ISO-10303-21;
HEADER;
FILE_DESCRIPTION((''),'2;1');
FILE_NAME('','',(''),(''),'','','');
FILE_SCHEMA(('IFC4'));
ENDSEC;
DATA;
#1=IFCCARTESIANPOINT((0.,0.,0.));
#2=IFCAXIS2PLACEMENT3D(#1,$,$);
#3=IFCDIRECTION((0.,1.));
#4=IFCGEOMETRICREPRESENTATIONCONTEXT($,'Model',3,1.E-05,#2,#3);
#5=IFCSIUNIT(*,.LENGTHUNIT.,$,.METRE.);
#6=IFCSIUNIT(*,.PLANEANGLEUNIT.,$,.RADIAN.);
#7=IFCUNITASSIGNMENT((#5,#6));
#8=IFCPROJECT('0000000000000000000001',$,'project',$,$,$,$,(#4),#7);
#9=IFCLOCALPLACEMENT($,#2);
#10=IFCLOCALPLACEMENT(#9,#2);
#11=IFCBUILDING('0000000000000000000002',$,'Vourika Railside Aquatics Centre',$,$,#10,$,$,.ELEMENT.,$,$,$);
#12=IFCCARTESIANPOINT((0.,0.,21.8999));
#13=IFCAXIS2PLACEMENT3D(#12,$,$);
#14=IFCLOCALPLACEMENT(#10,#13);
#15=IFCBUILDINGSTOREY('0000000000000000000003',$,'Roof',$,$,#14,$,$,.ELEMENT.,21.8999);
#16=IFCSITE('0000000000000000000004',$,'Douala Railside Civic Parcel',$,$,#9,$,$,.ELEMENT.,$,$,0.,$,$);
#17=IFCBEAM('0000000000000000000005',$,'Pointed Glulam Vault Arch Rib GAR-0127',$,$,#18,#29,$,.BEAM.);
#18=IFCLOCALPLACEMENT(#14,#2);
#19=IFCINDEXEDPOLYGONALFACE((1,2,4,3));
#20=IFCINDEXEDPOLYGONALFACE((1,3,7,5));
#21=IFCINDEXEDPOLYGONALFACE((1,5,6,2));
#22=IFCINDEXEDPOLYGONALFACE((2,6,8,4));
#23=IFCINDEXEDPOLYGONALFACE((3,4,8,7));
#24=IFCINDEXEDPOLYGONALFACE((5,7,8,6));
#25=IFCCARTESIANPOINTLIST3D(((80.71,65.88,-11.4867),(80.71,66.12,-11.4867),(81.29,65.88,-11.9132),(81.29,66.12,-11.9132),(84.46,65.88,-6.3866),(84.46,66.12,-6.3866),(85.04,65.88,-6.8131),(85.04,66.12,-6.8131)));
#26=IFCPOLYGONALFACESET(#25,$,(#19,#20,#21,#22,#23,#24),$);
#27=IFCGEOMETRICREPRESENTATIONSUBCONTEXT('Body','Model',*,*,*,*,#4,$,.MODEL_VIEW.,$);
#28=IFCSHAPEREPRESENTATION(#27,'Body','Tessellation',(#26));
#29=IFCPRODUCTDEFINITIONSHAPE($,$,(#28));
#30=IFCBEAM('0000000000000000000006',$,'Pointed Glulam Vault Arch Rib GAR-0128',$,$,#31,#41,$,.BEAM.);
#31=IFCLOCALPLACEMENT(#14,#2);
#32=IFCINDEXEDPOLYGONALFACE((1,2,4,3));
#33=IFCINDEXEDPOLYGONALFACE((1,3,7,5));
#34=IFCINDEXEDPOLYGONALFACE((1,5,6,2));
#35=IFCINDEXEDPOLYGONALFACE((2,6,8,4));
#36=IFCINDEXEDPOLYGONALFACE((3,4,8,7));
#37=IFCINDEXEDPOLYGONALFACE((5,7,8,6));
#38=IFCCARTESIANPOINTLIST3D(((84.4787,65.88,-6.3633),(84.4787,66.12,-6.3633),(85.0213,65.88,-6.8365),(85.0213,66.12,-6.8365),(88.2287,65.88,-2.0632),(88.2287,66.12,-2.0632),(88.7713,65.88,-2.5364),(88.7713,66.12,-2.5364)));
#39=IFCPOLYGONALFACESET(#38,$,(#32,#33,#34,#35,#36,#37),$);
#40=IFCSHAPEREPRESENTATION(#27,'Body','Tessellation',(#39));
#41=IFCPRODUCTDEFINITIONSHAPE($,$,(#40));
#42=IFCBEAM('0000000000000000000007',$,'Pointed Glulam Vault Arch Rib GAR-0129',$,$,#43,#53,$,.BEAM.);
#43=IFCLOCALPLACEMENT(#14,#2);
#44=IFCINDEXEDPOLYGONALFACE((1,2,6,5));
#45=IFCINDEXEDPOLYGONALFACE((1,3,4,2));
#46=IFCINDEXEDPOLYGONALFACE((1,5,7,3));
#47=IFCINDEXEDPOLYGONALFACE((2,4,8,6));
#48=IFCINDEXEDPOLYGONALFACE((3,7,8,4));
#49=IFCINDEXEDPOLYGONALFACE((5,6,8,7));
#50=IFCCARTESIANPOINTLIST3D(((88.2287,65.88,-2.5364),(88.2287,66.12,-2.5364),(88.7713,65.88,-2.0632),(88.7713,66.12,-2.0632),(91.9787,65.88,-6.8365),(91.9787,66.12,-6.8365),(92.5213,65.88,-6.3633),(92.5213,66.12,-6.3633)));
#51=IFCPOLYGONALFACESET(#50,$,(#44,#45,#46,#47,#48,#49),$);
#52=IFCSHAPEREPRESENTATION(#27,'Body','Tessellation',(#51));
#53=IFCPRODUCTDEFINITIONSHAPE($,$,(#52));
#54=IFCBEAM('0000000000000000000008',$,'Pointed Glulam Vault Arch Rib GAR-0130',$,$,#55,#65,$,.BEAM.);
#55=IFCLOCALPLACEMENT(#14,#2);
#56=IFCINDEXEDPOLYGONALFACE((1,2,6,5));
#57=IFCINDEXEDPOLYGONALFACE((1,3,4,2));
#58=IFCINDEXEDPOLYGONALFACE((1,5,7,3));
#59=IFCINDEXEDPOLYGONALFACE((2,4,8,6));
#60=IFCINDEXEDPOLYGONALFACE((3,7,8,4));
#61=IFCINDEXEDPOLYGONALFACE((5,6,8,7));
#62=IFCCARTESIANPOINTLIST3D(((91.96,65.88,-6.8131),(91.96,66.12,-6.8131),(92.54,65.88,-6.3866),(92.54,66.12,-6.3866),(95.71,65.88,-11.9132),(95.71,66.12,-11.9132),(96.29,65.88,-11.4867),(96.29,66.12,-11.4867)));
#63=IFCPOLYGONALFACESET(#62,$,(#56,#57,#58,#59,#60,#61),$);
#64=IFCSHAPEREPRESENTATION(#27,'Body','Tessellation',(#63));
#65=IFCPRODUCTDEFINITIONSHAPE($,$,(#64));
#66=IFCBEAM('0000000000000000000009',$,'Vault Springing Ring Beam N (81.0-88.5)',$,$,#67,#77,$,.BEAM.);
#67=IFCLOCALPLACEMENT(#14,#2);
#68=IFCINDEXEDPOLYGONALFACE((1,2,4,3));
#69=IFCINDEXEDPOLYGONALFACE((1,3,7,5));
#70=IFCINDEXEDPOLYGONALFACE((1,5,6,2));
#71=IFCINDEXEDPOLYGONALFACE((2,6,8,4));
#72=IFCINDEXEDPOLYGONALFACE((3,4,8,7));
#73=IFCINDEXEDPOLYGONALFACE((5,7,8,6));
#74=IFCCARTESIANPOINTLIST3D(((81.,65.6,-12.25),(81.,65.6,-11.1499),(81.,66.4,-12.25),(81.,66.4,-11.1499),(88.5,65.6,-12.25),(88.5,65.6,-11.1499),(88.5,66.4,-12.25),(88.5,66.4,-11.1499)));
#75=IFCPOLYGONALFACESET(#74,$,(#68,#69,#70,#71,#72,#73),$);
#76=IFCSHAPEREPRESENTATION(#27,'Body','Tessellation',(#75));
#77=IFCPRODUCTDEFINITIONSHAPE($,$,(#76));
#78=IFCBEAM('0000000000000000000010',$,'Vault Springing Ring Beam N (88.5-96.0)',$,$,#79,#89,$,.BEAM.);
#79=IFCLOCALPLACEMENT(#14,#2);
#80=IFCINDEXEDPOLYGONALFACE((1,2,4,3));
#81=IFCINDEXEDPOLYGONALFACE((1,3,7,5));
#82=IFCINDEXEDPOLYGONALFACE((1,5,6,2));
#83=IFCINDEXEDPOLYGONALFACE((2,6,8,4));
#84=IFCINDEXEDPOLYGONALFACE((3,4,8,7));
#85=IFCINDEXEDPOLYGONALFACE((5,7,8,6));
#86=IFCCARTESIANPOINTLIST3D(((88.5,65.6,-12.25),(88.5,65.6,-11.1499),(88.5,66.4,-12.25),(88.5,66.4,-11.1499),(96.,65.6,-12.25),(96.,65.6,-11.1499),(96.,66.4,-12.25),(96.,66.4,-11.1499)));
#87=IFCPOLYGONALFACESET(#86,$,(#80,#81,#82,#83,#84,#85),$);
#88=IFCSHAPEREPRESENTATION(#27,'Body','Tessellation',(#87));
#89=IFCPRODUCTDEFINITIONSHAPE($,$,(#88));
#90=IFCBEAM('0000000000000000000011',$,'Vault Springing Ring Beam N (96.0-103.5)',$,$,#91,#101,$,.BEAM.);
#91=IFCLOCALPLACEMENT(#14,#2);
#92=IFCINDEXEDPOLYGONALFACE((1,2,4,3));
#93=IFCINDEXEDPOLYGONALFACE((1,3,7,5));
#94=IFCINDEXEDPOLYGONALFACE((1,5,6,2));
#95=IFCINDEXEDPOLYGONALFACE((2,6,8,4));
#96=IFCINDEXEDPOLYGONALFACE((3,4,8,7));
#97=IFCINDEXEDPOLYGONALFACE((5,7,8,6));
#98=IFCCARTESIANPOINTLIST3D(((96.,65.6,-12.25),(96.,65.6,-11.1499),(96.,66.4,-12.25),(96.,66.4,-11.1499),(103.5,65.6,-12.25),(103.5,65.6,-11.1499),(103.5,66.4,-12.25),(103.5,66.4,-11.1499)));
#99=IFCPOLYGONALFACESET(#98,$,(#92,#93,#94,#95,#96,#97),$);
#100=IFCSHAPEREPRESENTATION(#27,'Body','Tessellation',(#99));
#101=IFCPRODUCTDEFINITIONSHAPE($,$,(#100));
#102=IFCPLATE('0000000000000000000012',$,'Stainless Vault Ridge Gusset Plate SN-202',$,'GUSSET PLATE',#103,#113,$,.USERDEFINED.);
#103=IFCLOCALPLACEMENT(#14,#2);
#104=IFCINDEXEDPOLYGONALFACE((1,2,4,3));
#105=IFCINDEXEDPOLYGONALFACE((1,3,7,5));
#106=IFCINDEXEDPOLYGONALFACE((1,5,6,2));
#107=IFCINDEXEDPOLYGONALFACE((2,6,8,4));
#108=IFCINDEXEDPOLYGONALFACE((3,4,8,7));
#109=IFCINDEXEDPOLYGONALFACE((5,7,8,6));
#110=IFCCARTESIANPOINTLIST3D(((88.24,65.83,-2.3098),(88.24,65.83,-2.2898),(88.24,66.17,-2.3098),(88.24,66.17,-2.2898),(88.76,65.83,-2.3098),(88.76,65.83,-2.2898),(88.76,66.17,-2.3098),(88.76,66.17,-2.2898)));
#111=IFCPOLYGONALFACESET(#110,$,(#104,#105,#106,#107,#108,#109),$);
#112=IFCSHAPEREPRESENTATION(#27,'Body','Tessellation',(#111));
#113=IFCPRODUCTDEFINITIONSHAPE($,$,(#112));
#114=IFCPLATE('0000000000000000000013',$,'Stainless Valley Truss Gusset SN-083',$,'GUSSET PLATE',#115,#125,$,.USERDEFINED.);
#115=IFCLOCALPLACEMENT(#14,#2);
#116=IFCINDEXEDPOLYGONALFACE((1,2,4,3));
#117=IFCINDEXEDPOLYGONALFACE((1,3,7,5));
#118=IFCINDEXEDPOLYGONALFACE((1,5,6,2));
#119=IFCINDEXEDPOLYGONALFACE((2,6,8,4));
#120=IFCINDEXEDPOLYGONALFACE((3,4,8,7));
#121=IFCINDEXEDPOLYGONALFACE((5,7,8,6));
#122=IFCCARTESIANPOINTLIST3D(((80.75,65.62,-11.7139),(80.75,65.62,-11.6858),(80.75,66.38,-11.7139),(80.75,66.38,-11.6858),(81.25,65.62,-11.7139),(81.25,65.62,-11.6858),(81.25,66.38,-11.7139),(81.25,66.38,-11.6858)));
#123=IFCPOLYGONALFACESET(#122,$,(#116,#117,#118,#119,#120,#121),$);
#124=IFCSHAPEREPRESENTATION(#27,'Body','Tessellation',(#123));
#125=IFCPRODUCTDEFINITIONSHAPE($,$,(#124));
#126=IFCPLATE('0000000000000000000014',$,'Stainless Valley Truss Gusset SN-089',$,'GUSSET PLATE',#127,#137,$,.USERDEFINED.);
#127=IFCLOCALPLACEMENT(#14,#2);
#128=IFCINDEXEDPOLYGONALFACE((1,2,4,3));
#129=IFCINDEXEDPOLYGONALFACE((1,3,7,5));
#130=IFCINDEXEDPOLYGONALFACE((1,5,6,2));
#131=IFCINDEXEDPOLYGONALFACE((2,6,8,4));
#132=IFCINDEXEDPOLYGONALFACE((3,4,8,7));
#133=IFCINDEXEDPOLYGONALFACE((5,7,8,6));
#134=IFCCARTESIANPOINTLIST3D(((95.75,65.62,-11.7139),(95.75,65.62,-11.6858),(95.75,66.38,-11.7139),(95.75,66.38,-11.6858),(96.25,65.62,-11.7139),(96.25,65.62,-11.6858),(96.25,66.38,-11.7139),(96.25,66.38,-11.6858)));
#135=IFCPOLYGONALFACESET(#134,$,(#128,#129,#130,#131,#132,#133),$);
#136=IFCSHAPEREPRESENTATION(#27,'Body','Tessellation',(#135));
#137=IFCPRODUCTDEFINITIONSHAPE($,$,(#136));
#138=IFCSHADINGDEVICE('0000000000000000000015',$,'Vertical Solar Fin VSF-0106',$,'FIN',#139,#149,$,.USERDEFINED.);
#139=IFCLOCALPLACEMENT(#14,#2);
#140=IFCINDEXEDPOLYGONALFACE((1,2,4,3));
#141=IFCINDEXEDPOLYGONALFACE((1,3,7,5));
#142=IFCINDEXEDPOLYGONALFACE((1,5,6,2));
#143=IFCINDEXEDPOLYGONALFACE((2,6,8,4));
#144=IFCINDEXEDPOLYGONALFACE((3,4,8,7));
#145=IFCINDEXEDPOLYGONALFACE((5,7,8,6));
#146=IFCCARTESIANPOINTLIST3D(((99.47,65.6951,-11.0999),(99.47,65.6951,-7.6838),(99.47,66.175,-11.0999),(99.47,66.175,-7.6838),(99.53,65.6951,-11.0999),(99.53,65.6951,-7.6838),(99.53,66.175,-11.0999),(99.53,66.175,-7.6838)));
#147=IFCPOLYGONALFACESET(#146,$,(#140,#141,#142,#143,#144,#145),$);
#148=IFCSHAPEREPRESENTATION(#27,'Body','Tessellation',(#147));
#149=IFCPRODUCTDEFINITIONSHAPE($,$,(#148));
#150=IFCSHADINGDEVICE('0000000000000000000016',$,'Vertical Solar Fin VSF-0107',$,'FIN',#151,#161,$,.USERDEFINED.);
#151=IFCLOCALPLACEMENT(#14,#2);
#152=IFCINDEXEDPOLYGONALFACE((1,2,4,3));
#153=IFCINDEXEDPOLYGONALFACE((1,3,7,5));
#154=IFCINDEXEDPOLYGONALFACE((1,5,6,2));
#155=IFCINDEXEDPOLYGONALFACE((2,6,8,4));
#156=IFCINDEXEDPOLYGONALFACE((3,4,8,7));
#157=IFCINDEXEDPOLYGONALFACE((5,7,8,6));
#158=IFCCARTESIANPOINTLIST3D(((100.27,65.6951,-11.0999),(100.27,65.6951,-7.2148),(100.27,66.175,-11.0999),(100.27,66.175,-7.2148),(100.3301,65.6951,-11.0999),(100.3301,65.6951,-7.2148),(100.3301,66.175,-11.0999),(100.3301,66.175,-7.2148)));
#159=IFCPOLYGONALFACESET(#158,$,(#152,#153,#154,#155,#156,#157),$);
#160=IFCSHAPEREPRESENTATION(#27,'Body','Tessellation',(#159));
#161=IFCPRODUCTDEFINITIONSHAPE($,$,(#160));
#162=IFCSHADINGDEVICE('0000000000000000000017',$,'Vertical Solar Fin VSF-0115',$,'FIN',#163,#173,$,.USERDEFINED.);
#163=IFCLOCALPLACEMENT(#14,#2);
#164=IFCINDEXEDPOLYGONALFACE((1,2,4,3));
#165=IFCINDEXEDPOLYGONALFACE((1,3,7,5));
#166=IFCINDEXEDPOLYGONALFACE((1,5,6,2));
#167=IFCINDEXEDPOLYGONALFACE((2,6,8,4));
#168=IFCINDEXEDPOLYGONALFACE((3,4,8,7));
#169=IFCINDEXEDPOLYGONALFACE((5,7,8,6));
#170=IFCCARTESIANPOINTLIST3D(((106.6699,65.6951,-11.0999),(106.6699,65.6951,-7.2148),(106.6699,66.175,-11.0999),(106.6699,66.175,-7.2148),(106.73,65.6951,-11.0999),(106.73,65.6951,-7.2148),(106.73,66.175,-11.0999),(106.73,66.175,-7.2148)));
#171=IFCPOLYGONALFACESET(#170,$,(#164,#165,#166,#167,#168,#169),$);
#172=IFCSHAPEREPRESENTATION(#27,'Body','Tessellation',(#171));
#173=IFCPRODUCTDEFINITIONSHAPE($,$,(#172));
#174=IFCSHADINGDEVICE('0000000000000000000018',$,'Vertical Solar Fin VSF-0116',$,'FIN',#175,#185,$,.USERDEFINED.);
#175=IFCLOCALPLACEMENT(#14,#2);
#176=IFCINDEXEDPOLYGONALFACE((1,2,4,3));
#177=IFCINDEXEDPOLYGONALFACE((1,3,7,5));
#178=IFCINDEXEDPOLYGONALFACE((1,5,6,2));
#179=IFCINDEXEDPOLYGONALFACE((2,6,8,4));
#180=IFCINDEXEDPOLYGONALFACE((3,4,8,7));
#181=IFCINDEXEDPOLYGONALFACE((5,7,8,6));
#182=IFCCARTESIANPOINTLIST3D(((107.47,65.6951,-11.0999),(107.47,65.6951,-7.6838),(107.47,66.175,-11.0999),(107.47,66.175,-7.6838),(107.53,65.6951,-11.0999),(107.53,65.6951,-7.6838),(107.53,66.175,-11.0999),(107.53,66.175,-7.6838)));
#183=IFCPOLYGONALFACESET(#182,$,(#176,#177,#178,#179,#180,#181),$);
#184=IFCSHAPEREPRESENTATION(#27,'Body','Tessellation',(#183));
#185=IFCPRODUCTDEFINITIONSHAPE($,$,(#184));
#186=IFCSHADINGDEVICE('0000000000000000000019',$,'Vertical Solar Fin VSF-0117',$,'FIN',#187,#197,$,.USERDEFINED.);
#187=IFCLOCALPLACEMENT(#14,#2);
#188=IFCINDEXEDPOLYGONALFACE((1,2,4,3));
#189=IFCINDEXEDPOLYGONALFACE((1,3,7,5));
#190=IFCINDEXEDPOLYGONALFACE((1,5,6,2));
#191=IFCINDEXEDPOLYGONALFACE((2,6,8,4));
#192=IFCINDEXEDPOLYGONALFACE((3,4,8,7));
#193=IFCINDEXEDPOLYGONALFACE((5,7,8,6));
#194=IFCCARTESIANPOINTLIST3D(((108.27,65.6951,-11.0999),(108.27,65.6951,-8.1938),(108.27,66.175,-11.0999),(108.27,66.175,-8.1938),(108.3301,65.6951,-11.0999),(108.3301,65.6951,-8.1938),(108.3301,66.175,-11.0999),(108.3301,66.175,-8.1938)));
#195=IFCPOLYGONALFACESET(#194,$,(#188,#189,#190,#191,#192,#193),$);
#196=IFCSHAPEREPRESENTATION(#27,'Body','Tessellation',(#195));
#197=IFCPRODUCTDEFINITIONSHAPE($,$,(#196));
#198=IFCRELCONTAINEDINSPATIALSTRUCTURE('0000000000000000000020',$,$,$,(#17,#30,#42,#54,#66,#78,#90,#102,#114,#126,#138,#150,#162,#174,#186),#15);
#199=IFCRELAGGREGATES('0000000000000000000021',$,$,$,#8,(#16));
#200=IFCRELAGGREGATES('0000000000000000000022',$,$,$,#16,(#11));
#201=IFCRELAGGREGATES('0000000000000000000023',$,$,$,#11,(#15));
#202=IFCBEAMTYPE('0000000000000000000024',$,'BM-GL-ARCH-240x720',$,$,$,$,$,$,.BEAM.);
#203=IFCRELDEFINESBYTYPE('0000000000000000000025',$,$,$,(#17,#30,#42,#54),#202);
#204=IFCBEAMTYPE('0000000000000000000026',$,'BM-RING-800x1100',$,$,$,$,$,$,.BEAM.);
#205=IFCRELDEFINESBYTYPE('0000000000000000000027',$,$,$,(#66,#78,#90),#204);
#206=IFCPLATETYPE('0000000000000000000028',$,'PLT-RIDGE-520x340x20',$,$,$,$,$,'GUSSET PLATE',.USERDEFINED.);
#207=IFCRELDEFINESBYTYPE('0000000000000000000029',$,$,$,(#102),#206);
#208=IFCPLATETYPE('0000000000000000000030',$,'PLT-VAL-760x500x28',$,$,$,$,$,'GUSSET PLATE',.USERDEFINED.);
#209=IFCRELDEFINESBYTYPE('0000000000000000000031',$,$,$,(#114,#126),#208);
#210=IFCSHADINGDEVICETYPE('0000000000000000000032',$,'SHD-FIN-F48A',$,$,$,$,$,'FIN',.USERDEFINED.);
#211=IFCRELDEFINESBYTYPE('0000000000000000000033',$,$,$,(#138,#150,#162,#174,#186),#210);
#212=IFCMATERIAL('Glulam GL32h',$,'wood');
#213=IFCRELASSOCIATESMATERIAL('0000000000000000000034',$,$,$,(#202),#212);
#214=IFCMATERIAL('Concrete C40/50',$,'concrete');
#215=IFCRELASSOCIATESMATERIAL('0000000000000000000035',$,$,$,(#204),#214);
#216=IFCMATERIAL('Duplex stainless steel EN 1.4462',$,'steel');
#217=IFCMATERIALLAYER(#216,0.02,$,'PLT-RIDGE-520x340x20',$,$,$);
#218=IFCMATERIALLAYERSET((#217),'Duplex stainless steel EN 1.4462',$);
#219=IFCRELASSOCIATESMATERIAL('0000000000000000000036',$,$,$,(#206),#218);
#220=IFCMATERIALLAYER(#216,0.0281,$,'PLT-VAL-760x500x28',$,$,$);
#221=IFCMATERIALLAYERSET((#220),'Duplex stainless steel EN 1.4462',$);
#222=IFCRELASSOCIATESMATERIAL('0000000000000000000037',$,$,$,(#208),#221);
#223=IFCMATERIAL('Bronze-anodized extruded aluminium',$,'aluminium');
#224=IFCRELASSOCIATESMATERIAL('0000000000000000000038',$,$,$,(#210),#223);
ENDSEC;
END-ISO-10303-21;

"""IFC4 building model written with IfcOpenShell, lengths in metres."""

from ifc_helpers import new_model, si_unit, direction, frame, origin, origin_2d, place, context, subcontext, project, spatial, rectangle, extrude, material, layer, layer_set, material_profile, profile_set, type_object, element, save


model = new_model("IFC4")

# Units and contexts
model_context = context("Model", 3, precision=1e-05, world=origin(), true_north=direction((0.0, 1.0)))
body_context = subcontext(model_context, "Body", "Model", "MODEL_VIEW")
ifc_project = project(units=[si_unit("LENGTHUNIT", "METRE"), si_unit("PLANEANGLEUNIT", "RADIAN")], contexts=[model_context])

# Site, building, storey
site_placement = place(None, origin())
site = spatial("IfcSite", under=ifc_project, at=site_placement, Name="Douala Railside Civic Parcel", CompositionType="ELEMENT", RefElevation=0.0)
building_placement = place(site_placement, origin())
building = spatial("IfcBuilding", under=site, at=building_placement, Name="Vourika Railside Aquatics Centre", CompositionType="ELEMENT")
storey_placement = place(building_placement, frame((0.0, 0.0, 21.8999)))
storey = spatial("IfcBuildingStorey", under=building, at=storey_placement, Name="Roof", CompositionType="ELEMENT", Elevation=21.8999)

# Beams
ifc_material_1 = material(Name="Glulam GL32h", Category="wood")
ifc_material_profile_1 = material_profile(ifc_material_1, rectangle(XDim=0.24, YDim=0.72, at=origin_2d()), Name="GL32h 240x720")
ifc_profile_set_1 = profile_set([ifc_material_profile_1], Name="Glulam GL32h")
beam_type_1 = type_object("IfcBeamType", Name="BM-GL-ARCH-240x720", PredefinedType="BEAM", material=ifc_profile_set_1)
beam_1_placement = place(storey_placement, frame((81.0, 66.0, -11.7), z_axis=(0.592383, 0.0, 0.805656), x_axis=(0.0, 1.0, 0.0)))
element("IfcBeam", 1, at=beam_1_placement, inside=storey, type_object=beam_type_1, Name="Pointed Glulam Vault Arch Rib GAR-0127", PredefinedType="BEAM", context=body_context, shape_type="SweptSolid", body=[
    extrude(rectangle(XDim=0.24, YDim=0.72, at=origin_2d()), origin(), (0.0, 0.0, 1.0), 6.3303),
])
for number, where, z_axis, x_axis, name in (
    (2, (84.75, 66.0, -6.5999), (0.657259, 0.0, 0.753665), (0.0, 1.0, 0.0), "Pointed Glulam Vault Arch Rib GAR-0128"),
    (3, (88.5, 66.0, -2.2998), (0.657259, 0.0, -0.753665), (0.0, 1.0, 0.0), "Pointed Glulam Vault Arch Rib GAR-0129"),
):
    element("IfcBeam", number, at=place(storey_placement, frame(where, z_axis=z_axis, x_axis=x_axis)), inside=storey, type_object=beam_type_1, Name=name, PredefinedType="BEAM", context=body_context, shape_type="SweptSolid", body=[
        extrude(rectangle(XDim=0.24, YDim=0.72, at=origin_2d()), origin(), (0.0, 0.0, 1.0), 5.7056),
    ])
beam_2_placement = place(storey_placement, frame((92.25, 66.0, -6.5999), z_axis=(0.592383, 0.0, -0.805656), x_axis=(0.0, 1.0, 0.0)))
element("IfcBeam", 4, at=beam_2_placement, inside=storey, type_object=beam_type_1, Name="Pointed Glulam Vault Arch Rib GAR-0130", PredefinedType="BEAM", context=body_context, shape_type="SweptSolid", body=[
    extrude(rectangle(XDim=0.24, YDim=0.72, at=origin_2d()), origin(), (0.0, 0.0, 1.0), 6.3303),
])
ifc_material_2 = material(Name="Concrete C40/50", Category="concrete")
ifc_material_profile_2 = material_profile(ifc_material_2, rectangle(XDim=0.8, YDim=1.1001, at=origin_2d()), Name="RC 800x1100")
ifc_profile_set_2 = profile_set([ifc_material_profile_2], Name="Concrete C40/50")
beam_type_2 = type_object("IfcBeamType", Name="BM-RING-800x1100", PredefinedType="BEAM", material=ifc_profile_set_2)
for number, where, z_axis, x_axis, name in (
    (5, (81.0, 66.0, -11.7), (1.0, 0.0, 0.0), (0.0, 1.0, 0.0), "Vault Springing Ring Beam N (81.0-88.5)"),
    (6, (88.5, 66.0, -11.7), (1.0, 0.0, 0.0), (0.0, 1.0, 0.0), "Vault Springing Ring Beam N (88.5-96.0)"),
    (7, (96.0, 66.0, -11.7), (1.0, 0.0, 0.0), (0.0, 1.0, 0.0), "Vault Springing Ring Beam N (96.0-103.5)"),
):
    element("IfcBeam", number, at=place(storey_placement, frame(where, z_axis=z_axis, x_axis=x_axis)), inside=storey, type_object=beam_type_2, Name=name, PredefinedType="BEAM", context=body_context, shape_type="SweptSolid", body=[
        extrude(rectangle(XDim=0.8, YDim=1.1001, at=origin_2d()), origin(), (0.0, 0.0, 1.0), 7.5),
    ])

# Plates
ifc_material_3 = material(Name="Duplex stainless steel EN 1.4462", Category="steel")
ifc_layer_1 = layer(ifc_material_3, 0.02, Name="PLT-RIDGE-520x340x20")
ifc_layer_set_1 = layer_set([ifc_layer_1], Name="Duplex stainless steel EN 1.4462")
plate_type_1 = type_object("IfcPlateType", Name="PLT-RIDGE-520x340x20", ElementType="GUSSET PLATE", PredefinedType="USERDEFINED", material=ifc_layer_set_1)
plate_placement = place(storey_placement, frame((88.5, 66.0, -2.3098), z_axis=(0.0, 0.0, 1.0), x_axis=(1.0, 0.0, 0.0)))
element("IfcPlate", 8, at=plate_placement, inside=storey, type_object=plate_type_1, Name="Stainless Vault Ridge Gusset Plate SN-202", ObjectType="GUSSET PLATE", PredefinedType="USERDEFINED", context=body_context, shape_type="SweptSolid", body=[
    extrude(rectangle(XDim=0.52, YDim=0.3401, at=origin_2d()), origin(), (0.0, 0.0, 1.0), 0.02),
])
ifc_layer_2 = layer(ifc_material_3, 0.0281, Name="PLT-VAL-760x500x28")
ifc_layer_set_2 = layer_set([ifc_layer_2], Name="Duplex stainless steel EN 1.4462")
plate_type_2 = type_object("IfcPlateType", Name="PLT-VAL-760x500x28", ElementType="GUSSET PLATE", PredefinedType="USERDEFINED", material=ifc_layer_set_2)
for number, where, z_axis, x_axis, name in (
    (9, (81.0, 66.0, -11.7139), (0.0, 0.0, 1.0), (0.0, 1.0, 0.0), "Stainless Valley Truss Gusset SN-083"),
    (10, (96.0, 66.0, -11.7139), (0.0, 0.0, 1.0), (0.0, 1.0, 0.0), "Stainless Valley Truss Gusset SN-089"),
):
    element("IfcPlate", number, at=place(storey_placement, frame(where, z_axis=z_axis, x_axis=x_axis)), inside=storey, type_object=plate_type_2, Name=name, ObjectType="GUSSET PLATE", PredefinedType="USERDEFINED", context=body_context, shape_type="SweptSolid", body=[
        extrude(rectangle(XDim=0.76, YDim=0.5, at=origin_2d()), origin(), (0.0, 0.0, 1.0), 0.0281),
    ])

# Shading devices
ifc_material_4 = material(Name="Bronze-anodized extruded aluminium", Category="aluminium")
ifc_material_profile_3 = material_profile(ifc_material_4, rectangle(XDim=0.0601, YDim=0.48, at=origin_2d()), Name="ALU-FIN 60x480")
ifc_profile_set_3 = profile_set([ifc_material_profile_3], Name="Bronze-anodized extruded aluminium")
shading_device_type_1 = type_object("IfcShadingDeviceType", Name="SHD-FIN-F48A", ElementType="FIN", PredefinedType="USERDEFINED", material=ifc_profile_set_3)
shading_device_1_placement = place(storey_placement, frame((99.5, 65.9351, -11.0999), z_axis=(0.0, 0.0, 1.0), x_axis=(1.0, 0.0, 0.0)))
element("IfcShadingDevice", 11, at=shading_device_1_placement, inside=storey, type_object=shading_device_type_1, Name="Vertical Solar Fin VSF-0106", ObjectType="FIN", PredefinedType="USERDEFINED", context=body_context, shape_type="SweptSolid", body=[
    extrude(rectangle(XDim=0.0601, YDim=0.48, at=origin_2d()), origin(), (0.0, 0.0, 1.0), 3.416),
])
for number, where, z_axis, x_axis, name in (
    (12, (100.3, 65.9351, -11.0999), (0.0, 0.0, 1.0), (1.0, 0.0, 0.0), "Vertical Solar Fin VSF-0107"),
    (13, (106.7, 65.9351, -11.0999), (0.0, 0.0, 1.0), (1.0, 0.0, 0.0), "Vertical Solar Fin VSF-0115"),
):
    element("IfcShadingDevice", number, at=place(storey_placement, frame(where, z_axis=z_axis, x_axis=x_axis)), inside=storey, type_object=shading_device_type_1, Name=name, ObjectType="FIN", PredefinedType="USERDEFINED", context=body_context, shape_type="SweptSolid", body=[
        extrude(rectangle(XDim=0.0601, YDim=0.48, at=origin_2d()), origin(), (0.0, 0.0, 1.0), 3.885),
    ])
shading_device_2_placement = place(storey_placement, frame((107.5, 65.9351, -11.0999), z_axis=(0.0, 0.0, 1.0), x_axis=(1.0, 0.0, 0.0)))
element("IfcShadingDevice", 14, at=shading_device_2_placement, inside=storey, type_object=shading_device_type_1, Name="Vertical Solar Fin VSF-0116", ObjectType="FIN", PredefinedType="USERDEFINED", context=body_context, shape_type="SweptSolid", body=[
    extrude(rectangle(XDim=0.0601, YDim=0.48, at=origin_2d()), origin(), (0.0, 0.0, 1.0), 3.416),
])
for number, where, z_axis, x_axis, name in (
    (15, (108.3, 65.9351, -11.0999), (0.0, 0.0, 1.0), (1.0, 0.0, 0.0), "Vertical Solar Fin VSF-0117"),
):
    element("IfcShadingDevice", number, at=place(storey_placement, frame(where, z_axis=z_axis, x_axis=x_axis)), inside=storey, type_object=shading_device_type_1, Name=name, ObjectType="FIN", PredefinedType="USERDEFINED", context=body_context, shape_type="SweptSolid", body=[
        extrude(rectangle(XDim=0.0601, YDim=0.48, at=origin_2d()), origin(), (0.0, 0.0, 1.0), 2.906),
    ])

save(model, "model.ifc")
